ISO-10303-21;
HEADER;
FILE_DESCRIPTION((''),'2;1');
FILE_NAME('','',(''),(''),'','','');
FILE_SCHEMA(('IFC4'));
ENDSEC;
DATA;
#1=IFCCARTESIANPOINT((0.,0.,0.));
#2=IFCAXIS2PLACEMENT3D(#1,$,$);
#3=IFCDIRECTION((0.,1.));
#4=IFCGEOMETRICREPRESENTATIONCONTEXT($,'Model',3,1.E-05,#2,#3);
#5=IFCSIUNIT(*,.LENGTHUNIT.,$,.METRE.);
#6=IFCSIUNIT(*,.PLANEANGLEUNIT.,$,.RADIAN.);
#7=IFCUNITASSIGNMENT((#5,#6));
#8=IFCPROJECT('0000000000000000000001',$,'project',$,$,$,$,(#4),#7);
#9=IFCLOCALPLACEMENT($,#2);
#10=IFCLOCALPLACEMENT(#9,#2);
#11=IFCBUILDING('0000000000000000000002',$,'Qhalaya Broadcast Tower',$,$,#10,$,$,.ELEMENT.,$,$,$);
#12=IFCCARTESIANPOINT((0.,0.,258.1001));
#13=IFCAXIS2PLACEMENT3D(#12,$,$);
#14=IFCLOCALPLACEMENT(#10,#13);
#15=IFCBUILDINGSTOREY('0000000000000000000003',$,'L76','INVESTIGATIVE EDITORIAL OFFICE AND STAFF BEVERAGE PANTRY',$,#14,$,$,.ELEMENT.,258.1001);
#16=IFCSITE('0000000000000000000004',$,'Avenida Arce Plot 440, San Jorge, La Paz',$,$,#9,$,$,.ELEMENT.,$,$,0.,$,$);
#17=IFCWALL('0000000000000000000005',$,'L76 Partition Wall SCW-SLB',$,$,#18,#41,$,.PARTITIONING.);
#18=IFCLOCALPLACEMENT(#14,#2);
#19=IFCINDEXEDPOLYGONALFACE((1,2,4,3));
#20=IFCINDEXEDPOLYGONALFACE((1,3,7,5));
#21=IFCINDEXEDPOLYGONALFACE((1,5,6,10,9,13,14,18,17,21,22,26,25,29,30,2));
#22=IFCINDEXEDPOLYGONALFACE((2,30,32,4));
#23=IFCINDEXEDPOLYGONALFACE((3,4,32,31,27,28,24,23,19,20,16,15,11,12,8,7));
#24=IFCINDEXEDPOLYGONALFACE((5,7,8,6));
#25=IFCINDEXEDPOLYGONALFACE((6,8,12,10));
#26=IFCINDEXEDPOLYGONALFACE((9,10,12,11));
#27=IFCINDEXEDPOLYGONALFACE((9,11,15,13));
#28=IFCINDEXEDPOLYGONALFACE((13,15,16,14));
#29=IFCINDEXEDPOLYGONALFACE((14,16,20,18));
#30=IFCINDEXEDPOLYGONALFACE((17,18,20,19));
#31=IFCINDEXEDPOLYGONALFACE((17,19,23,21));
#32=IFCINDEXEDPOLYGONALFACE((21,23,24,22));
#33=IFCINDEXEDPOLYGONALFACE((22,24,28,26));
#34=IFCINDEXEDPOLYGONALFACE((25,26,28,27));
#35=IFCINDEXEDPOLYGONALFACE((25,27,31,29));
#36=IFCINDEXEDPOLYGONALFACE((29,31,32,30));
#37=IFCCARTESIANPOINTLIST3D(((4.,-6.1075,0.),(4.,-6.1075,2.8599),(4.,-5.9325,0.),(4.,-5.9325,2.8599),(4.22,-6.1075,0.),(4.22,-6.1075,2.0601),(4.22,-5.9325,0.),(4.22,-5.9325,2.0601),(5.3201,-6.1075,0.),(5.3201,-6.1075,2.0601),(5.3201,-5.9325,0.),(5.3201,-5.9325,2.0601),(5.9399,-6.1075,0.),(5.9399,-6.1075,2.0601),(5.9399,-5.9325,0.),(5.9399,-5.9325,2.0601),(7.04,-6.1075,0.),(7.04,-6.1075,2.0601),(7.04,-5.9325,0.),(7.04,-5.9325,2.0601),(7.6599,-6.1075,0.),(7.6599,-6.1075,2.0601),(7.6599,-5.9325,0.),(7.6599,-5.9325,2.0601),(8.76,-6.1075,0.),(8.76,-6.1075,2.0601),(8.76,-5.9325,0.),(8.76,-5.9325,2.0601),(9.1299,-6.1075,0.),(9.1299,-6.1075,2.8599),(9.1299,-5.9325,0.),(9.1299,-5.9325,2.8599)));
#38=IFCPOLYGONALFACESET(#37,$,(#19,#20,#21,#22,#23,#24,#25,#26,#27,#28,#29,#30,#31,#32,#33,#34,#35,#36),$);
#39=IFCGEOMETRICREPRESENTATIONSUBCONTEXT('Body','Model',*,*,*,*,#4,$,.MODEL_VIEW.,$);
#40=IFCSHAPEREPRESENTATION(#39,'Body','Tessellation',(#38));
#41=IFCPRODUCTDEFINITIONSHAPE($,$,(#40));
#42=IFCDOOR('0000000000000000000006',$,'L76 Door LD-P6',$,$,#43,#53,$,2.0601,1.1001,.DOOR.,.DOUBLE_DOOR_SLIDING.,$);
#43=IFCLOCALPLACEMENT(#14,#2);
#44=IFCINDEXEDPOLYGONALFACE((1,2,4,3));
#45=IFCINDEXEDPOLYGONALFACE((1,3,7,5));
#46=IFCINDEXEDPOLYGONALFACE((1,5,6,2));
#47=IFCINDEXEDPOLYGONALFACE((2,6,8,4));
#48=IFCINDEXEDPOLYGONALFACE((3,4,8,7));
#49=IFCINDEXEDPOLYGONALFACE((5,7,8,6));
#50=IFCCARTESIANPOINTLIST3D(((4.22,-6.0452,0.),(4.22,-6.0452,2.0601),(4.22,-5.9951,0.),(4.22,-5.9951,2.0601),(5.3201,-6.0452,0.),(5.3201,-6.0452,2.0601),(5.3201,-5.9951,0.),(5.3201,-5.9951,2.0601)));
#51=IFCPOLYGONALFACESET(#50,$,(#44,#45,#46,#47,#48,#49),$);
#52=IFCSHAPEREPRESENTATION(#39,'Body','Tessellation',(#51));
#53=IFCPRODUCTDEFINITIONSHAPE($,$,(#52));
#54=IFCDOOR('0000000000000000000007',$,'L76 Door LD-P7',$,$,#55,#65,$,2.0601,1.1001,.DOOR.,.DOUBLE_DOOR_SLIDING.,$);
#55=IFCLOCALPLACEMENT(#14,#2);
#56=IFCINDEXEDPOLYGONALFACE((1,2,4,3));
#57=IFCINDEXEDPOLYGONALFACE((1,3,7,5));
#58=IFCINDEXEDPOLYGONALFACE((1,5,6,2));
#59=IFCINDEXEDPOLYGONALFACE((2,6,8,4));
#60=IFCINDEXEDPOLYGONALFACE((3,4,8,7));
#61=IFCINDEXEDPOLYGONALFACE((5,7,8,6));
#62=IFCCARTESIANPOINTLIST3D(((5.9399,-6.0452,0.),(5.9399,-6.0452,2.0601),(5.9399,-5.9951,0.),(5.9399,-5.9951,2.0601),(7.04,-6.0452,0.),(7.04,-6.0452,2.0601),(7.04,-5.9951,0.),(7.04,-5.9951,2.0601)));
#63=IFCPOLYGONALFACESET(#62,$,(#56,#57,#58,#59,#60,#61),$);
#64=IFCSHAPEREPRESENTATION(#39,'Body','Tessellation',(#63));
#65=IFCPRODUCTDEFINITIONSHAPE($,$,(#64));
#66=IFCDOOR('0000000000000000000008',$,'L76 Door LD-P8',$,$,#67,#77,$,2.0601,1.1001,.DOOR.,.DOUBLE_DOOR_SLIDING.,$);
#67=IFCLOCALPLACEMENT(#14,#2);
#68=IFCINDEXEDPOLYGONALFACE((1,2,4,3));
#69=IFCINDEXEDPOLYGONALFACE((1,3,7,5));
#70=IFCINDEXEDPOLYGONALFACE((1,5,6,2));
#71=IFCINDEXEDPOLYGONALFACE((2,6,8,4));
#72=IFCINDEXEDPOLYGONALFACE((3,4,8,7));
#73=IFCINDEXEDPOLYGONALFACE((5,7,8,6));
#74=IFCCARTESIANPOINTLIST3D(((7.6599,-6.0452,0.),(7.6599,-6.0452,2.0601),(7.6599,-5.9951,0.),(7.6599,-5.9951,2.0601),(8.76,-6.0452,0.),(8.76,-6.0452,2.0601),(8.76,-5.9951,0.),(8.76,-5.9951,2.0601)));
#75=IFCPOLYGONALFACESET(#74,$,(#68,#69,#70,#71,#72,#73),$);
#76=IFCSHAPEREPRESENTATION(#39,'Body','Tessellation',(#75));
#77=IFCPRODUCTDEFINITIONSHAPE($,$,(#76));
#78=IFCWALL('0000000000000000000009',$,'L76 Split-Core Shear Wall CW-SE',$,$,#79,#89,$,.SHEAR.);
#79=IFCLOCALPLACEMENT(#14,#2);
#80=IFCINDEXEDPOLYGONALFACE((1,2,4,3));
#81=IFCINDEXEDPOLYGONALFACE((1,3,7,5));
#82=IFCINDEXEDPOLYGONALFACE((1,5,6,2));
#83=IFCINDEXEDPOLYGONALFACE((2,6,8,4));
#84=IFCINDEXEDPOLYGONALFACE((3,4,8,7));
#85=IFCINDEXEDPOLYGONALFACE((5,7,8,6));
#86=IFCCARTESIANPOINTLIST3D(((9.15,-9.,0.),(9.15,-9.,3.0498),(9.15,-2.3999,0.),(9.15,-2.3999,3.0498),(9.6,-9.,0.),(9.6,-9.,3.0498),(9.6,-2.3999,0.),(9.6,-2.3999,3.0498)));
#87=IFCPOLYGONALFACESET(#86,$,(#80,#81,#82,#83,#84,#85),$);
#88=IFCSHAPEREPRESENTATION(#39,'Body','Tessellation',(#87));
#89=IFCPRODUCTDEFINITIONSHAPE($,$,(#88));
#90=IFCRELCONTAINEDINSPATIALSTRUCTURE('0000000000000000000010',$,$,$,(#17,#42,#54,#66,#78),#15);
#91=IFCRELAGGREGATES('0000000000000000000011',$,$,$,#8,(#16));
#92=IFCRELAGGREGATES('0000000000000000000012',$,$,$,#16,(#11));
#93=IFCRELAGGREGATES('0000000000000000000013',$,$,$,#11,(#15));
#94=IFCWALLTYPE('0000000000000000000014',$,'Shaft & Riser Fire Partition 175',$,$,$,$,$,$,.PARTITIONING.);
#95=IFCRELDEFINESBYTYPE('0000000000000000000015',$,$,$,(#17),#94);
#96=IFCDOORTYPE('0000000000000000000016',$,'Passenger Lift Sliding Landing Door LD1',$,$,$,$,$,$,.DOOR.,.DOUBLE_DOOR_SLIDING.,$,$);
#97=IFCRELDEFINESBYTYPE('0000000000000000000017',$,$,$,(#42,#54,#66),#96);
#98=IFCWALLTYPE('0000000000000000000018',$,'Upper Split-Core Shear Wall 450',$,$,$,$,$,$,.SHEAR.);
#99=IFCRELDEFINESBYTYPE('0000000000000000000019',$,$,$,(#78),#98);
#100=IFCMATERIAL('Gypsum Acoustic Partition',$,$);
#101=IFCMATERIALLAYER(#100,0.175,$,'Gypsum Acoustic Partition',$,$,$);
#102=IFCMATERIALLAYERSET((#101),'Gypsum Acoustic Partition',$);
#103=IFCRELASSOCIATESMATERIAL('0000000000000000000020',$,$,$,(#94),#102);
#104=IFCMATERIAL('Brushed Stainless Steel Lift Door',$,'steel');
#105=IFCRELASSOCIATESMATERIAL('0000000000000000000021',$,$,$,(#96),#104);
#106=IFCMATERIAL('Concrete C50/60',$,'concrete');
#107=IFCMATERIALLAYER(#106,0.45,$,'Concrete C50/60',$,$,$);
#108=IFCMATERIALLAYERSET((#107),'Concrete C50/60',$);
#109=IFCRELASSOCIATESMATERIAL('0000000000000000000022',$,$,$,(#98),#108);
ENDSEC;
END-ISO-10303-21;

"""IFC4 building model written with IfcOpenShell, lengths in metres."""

from ifc_helpers import new_model, si_unit, direction, frame, frame_2d, origin, place, context, subcontext, project, spatial, rectangle, extrude, material, layer, layer_set, type_object, element, fill, save


model = new_model("IFC4")

# Units and contexts
model_context = context("Model", 3, precision=1e-05, world=origin(), true_north=direction((0.0, 1.0)))
body_context = subcontext(model_context, "Body", "Model", "MODEL_VIEW")
ifc_project = project(units=[si_unit("LENGTHUNIT", "METRE"), si_unit("PLANEANGLEUNIT", "RADIAN")], contexts=[model_context])

# Site, building, storey
site_placement = place(None, origin())
site = spatial("IfcSite", under=ifc_project, at=site_placement, Name="Avenida Arce Plot 440, San Jorge, La Paz", CompositionType="ELEMENT", RefElevation=0.0)
building_placement = place(site_placement, origin())
building = spatial("IfcBuilding", under=site, at=building_placement, Name="Qhalaya Broadcast Tower", CompositionType="ELEMENT")
storey_placement = place(building_placement, frame((0.0, 0.0, 258.1001)))
storey = spatial("IfcBuildingStorey", under=building, at=storey_placement, Name="L76", Description="INVESTIGATIVE EDITORIAL OFFICE AND STAFF BEVERAGE PANTRY", CompositionType="ELEMENT", Elevation=258.1001)

# Shared definitions
ifc_material_1 = material(Name="Concrete C50/60", Category="concrete")

# Shared definitions
ifc_material_2 = material(Name="Gypsum Acoustic Partition")

# Wall, openings, doors
ifc_layer_1 = layer(ifc_material_2, 0.175, Name="Gypsum Acoustic Partition")
ifc_layer_set_1 = layer_set([ifc_layer_1], Name="Gypsum Acoustic Partition")
wall_type_1 = type_object("IfcWallType", Name="Shaft & Riser Fire Partition 175", PredefinedType="PARTITIONING", material=ifc_layer_set_1)
wall_1_placement = place(storey_placement, frame((4.0, -6.02, 0.0), z_axis=(0.0, 0.0, 1.0), x_axis=(1.0, 0.0, 0.0)))
wall_1 = element("IfcWall", 1, at=wall_1_placement, inside=storey, type_object=wall_type_1, Name="L76 Partition Wall SCW-SLB", PredefinedType="PARTITIONING", context=body_context, shape_type="SweptSolid", body=[
    extrude(rectangle(XDim=5.1299, YDim=0.175, at=frame_2d((2.5649, 0.0))), origin(), (0.0, 0.0, 1.0), 2.8599),
])
opening_1_placement = place(wall_1_placement, frame((0.22, 0.0, 0.0)))
opening_1 = element("IfcOpeningElement", 2, at=opening_1_placement, cuts=wall_1, PredefinedType="OPENING", context=body_context, shape_type="SweptSolid", body=[
    extrude(rectangle(XDim=1.1001, YDim=2.0601, at=frame_2d((0.55, 1.03))), frame((0.0, 0.0996, 0.0), z_axis=(0.0, -1.0, 0.0), x_axis=(1.0, 0.0, 0.0)), (0.0, 0.0, 1.0), 0.199),
])
opening_2_placement = place(wall_1_placement, frame((1.9399, 0.0, 0.0)))
opening_2 = element("IfcOpeningElement", 3, at=opening_2_placement, cuts=wall_1, PredefinedType="OPENING", context=body_context, shape_type="SweptSolid", body=[
    extrude(rectangle(XDim=1.1001, YDim=2.0601, at=frame_2d((0.55, 1.03))), frame((0.0, 0.0996, 0.0), z_axis=(0.0, -1.0, 0.0), x_axis=(1.0, 0.0, 0.0)), (0.0, 0.0, 1.0), 0.199),
])
opening_3_placement = place(wall_1_placement, frame((3.6599, 0.0, 0.0)))
opening_3 = element("IfcOpeningElement", 4, at=opening_3_placement, cuts=wall_1, PredefinedType="OPENING", context=body_context, shape_type="SweptSolid", body=[
    extrude(rectangle(XDim=1.1001, YDim=2.0601, at=frame_2d((0.55, 1.03))), frame((0.0, 0.0996, 0.0), z_axis=(0.0, -1.0, 0.0), x_axis=(1.0, 0.0, 0.0)), (0.0, 0.0, 1.0), 0.199),
])
ifc_material_3 = material(Name="Brushed Stainless Steel Lift Door", Category="steel")
door_type_1 = type_object("IfcDoorType", Name="Passenger Lift Sliding Landing Door LD1", OperationType="DOUBLE_DOOR_SLIDING", PredefinedType="DOOR", material=ifc_material_3)
door_1_placement = place(opening_1_placement, origin())
door_1 = element("IfcDoor", 5, at=door_1_placement, inside=storey, type_object=door_type_1, Name="L76 Door LD-P6", OperationType="DOUBLE_DOOR_SLIDING", OverallHeight=2.0601, OverallWidth=1.1001, PredefinedType="DOOR", context=body_context, shape_type="SweptSolid", body=[
    extrude(rectangle(XDim=1.1001, YDim=2.0601, at=frame_2d((0.55, 1.03))), frame((0.0, 0.0249, 0.0), z_axis=(0.0, -1.0, 0.0), x_axis=(1.0, 0.0, 0.0)), (0.0, 0.0, 1.0), 0.05),
])
fill(opening_1, door_1)
door_2_placement = place(opening_2_placement, origin())
door_2 = element("IfcDoor", 6, at=door_2_placement, inside=storey, type_object=door_type_1, Name="L76 Door LD-P7", OperationType="DOUBLE_DOOR_SLIDING", OverallHeight=2.0601, OverallWidth=1.1001, PredefinedType="DOOR", context=body_context, shape_type="SweptSolid", body=[
    extrude(rectangle(XDim=1.1001, YDim=2.0601, at=frame_2d((0.55, 1.03))), frame((0.0, 0.0249, 0.0), z_axis=(0.0, -1.0, 0.0), x_axis=(1.0, 0.0, 0.0)), (0.0, 0.0, 1.0), 0.05),
])
fill(opening_2, door_2)
door_3_placement = place(opening_3_placement, origin())
door_3 = element("IfcDoor", 7, at=door_3_placement, inside=storey, type_object=door_type_1, Name="L76 Door LD-P8", OperationType="DOUBLE_DOOR_SLIDING", OverallHeight=2.0601, OverallWidth=1.1001, PredefinedType="DOOR", context=body_context, shape_type="SweptSolid", body=[
    extrude(rectangle(XDim=1.1001, YDim=2.0601, at=frame_2d((0.55, 1.03))), frame((0.0, 0.0249, 0.0), z_axis=(0.0, -1.0, 0.0), x_axis=(1.0, 0.0, 0.0)), (0.0, 0.0, 1.0), 0.05),
])
fill(opening_3, door_3)

# Wall
ifc_layer_2 = layer(ifc_material_1, 0.45, Name="Concrete C50/60")
ifc_layer_set_2 = layer_set([ifc_layer_2], Name="Concrete C50/60")
wall_type_2 = type_object("IfcWallType", Name="Upper Split-Core Shear Wall 450", PredefinedType="SHEAR", material=ifc_layer_set_2)
wall_2_placement = place(storey_placement, frame((9.375, -9.0, 0.0), z_axis=(0.0, 0.0, 1.0), x_axis=(0.0, 1.0, 0.0)))
element("IfcWall", 8, at=wall_2_placement, inside=storey, type_object=wall_type_2, Name="L76 Split-Core Shear Wall CW-SE", PredefinedType="SHEAR", context=body_context, shape_type="SweptSolid", body=[
    extrude(rectangle(XDim=6.6001, YDim=0.45, at=frame_2d((3.3, 0.0))), origin(), (0.0, 0.0, 1.0), 3.0498),
])

save(model, "model.ifc")
